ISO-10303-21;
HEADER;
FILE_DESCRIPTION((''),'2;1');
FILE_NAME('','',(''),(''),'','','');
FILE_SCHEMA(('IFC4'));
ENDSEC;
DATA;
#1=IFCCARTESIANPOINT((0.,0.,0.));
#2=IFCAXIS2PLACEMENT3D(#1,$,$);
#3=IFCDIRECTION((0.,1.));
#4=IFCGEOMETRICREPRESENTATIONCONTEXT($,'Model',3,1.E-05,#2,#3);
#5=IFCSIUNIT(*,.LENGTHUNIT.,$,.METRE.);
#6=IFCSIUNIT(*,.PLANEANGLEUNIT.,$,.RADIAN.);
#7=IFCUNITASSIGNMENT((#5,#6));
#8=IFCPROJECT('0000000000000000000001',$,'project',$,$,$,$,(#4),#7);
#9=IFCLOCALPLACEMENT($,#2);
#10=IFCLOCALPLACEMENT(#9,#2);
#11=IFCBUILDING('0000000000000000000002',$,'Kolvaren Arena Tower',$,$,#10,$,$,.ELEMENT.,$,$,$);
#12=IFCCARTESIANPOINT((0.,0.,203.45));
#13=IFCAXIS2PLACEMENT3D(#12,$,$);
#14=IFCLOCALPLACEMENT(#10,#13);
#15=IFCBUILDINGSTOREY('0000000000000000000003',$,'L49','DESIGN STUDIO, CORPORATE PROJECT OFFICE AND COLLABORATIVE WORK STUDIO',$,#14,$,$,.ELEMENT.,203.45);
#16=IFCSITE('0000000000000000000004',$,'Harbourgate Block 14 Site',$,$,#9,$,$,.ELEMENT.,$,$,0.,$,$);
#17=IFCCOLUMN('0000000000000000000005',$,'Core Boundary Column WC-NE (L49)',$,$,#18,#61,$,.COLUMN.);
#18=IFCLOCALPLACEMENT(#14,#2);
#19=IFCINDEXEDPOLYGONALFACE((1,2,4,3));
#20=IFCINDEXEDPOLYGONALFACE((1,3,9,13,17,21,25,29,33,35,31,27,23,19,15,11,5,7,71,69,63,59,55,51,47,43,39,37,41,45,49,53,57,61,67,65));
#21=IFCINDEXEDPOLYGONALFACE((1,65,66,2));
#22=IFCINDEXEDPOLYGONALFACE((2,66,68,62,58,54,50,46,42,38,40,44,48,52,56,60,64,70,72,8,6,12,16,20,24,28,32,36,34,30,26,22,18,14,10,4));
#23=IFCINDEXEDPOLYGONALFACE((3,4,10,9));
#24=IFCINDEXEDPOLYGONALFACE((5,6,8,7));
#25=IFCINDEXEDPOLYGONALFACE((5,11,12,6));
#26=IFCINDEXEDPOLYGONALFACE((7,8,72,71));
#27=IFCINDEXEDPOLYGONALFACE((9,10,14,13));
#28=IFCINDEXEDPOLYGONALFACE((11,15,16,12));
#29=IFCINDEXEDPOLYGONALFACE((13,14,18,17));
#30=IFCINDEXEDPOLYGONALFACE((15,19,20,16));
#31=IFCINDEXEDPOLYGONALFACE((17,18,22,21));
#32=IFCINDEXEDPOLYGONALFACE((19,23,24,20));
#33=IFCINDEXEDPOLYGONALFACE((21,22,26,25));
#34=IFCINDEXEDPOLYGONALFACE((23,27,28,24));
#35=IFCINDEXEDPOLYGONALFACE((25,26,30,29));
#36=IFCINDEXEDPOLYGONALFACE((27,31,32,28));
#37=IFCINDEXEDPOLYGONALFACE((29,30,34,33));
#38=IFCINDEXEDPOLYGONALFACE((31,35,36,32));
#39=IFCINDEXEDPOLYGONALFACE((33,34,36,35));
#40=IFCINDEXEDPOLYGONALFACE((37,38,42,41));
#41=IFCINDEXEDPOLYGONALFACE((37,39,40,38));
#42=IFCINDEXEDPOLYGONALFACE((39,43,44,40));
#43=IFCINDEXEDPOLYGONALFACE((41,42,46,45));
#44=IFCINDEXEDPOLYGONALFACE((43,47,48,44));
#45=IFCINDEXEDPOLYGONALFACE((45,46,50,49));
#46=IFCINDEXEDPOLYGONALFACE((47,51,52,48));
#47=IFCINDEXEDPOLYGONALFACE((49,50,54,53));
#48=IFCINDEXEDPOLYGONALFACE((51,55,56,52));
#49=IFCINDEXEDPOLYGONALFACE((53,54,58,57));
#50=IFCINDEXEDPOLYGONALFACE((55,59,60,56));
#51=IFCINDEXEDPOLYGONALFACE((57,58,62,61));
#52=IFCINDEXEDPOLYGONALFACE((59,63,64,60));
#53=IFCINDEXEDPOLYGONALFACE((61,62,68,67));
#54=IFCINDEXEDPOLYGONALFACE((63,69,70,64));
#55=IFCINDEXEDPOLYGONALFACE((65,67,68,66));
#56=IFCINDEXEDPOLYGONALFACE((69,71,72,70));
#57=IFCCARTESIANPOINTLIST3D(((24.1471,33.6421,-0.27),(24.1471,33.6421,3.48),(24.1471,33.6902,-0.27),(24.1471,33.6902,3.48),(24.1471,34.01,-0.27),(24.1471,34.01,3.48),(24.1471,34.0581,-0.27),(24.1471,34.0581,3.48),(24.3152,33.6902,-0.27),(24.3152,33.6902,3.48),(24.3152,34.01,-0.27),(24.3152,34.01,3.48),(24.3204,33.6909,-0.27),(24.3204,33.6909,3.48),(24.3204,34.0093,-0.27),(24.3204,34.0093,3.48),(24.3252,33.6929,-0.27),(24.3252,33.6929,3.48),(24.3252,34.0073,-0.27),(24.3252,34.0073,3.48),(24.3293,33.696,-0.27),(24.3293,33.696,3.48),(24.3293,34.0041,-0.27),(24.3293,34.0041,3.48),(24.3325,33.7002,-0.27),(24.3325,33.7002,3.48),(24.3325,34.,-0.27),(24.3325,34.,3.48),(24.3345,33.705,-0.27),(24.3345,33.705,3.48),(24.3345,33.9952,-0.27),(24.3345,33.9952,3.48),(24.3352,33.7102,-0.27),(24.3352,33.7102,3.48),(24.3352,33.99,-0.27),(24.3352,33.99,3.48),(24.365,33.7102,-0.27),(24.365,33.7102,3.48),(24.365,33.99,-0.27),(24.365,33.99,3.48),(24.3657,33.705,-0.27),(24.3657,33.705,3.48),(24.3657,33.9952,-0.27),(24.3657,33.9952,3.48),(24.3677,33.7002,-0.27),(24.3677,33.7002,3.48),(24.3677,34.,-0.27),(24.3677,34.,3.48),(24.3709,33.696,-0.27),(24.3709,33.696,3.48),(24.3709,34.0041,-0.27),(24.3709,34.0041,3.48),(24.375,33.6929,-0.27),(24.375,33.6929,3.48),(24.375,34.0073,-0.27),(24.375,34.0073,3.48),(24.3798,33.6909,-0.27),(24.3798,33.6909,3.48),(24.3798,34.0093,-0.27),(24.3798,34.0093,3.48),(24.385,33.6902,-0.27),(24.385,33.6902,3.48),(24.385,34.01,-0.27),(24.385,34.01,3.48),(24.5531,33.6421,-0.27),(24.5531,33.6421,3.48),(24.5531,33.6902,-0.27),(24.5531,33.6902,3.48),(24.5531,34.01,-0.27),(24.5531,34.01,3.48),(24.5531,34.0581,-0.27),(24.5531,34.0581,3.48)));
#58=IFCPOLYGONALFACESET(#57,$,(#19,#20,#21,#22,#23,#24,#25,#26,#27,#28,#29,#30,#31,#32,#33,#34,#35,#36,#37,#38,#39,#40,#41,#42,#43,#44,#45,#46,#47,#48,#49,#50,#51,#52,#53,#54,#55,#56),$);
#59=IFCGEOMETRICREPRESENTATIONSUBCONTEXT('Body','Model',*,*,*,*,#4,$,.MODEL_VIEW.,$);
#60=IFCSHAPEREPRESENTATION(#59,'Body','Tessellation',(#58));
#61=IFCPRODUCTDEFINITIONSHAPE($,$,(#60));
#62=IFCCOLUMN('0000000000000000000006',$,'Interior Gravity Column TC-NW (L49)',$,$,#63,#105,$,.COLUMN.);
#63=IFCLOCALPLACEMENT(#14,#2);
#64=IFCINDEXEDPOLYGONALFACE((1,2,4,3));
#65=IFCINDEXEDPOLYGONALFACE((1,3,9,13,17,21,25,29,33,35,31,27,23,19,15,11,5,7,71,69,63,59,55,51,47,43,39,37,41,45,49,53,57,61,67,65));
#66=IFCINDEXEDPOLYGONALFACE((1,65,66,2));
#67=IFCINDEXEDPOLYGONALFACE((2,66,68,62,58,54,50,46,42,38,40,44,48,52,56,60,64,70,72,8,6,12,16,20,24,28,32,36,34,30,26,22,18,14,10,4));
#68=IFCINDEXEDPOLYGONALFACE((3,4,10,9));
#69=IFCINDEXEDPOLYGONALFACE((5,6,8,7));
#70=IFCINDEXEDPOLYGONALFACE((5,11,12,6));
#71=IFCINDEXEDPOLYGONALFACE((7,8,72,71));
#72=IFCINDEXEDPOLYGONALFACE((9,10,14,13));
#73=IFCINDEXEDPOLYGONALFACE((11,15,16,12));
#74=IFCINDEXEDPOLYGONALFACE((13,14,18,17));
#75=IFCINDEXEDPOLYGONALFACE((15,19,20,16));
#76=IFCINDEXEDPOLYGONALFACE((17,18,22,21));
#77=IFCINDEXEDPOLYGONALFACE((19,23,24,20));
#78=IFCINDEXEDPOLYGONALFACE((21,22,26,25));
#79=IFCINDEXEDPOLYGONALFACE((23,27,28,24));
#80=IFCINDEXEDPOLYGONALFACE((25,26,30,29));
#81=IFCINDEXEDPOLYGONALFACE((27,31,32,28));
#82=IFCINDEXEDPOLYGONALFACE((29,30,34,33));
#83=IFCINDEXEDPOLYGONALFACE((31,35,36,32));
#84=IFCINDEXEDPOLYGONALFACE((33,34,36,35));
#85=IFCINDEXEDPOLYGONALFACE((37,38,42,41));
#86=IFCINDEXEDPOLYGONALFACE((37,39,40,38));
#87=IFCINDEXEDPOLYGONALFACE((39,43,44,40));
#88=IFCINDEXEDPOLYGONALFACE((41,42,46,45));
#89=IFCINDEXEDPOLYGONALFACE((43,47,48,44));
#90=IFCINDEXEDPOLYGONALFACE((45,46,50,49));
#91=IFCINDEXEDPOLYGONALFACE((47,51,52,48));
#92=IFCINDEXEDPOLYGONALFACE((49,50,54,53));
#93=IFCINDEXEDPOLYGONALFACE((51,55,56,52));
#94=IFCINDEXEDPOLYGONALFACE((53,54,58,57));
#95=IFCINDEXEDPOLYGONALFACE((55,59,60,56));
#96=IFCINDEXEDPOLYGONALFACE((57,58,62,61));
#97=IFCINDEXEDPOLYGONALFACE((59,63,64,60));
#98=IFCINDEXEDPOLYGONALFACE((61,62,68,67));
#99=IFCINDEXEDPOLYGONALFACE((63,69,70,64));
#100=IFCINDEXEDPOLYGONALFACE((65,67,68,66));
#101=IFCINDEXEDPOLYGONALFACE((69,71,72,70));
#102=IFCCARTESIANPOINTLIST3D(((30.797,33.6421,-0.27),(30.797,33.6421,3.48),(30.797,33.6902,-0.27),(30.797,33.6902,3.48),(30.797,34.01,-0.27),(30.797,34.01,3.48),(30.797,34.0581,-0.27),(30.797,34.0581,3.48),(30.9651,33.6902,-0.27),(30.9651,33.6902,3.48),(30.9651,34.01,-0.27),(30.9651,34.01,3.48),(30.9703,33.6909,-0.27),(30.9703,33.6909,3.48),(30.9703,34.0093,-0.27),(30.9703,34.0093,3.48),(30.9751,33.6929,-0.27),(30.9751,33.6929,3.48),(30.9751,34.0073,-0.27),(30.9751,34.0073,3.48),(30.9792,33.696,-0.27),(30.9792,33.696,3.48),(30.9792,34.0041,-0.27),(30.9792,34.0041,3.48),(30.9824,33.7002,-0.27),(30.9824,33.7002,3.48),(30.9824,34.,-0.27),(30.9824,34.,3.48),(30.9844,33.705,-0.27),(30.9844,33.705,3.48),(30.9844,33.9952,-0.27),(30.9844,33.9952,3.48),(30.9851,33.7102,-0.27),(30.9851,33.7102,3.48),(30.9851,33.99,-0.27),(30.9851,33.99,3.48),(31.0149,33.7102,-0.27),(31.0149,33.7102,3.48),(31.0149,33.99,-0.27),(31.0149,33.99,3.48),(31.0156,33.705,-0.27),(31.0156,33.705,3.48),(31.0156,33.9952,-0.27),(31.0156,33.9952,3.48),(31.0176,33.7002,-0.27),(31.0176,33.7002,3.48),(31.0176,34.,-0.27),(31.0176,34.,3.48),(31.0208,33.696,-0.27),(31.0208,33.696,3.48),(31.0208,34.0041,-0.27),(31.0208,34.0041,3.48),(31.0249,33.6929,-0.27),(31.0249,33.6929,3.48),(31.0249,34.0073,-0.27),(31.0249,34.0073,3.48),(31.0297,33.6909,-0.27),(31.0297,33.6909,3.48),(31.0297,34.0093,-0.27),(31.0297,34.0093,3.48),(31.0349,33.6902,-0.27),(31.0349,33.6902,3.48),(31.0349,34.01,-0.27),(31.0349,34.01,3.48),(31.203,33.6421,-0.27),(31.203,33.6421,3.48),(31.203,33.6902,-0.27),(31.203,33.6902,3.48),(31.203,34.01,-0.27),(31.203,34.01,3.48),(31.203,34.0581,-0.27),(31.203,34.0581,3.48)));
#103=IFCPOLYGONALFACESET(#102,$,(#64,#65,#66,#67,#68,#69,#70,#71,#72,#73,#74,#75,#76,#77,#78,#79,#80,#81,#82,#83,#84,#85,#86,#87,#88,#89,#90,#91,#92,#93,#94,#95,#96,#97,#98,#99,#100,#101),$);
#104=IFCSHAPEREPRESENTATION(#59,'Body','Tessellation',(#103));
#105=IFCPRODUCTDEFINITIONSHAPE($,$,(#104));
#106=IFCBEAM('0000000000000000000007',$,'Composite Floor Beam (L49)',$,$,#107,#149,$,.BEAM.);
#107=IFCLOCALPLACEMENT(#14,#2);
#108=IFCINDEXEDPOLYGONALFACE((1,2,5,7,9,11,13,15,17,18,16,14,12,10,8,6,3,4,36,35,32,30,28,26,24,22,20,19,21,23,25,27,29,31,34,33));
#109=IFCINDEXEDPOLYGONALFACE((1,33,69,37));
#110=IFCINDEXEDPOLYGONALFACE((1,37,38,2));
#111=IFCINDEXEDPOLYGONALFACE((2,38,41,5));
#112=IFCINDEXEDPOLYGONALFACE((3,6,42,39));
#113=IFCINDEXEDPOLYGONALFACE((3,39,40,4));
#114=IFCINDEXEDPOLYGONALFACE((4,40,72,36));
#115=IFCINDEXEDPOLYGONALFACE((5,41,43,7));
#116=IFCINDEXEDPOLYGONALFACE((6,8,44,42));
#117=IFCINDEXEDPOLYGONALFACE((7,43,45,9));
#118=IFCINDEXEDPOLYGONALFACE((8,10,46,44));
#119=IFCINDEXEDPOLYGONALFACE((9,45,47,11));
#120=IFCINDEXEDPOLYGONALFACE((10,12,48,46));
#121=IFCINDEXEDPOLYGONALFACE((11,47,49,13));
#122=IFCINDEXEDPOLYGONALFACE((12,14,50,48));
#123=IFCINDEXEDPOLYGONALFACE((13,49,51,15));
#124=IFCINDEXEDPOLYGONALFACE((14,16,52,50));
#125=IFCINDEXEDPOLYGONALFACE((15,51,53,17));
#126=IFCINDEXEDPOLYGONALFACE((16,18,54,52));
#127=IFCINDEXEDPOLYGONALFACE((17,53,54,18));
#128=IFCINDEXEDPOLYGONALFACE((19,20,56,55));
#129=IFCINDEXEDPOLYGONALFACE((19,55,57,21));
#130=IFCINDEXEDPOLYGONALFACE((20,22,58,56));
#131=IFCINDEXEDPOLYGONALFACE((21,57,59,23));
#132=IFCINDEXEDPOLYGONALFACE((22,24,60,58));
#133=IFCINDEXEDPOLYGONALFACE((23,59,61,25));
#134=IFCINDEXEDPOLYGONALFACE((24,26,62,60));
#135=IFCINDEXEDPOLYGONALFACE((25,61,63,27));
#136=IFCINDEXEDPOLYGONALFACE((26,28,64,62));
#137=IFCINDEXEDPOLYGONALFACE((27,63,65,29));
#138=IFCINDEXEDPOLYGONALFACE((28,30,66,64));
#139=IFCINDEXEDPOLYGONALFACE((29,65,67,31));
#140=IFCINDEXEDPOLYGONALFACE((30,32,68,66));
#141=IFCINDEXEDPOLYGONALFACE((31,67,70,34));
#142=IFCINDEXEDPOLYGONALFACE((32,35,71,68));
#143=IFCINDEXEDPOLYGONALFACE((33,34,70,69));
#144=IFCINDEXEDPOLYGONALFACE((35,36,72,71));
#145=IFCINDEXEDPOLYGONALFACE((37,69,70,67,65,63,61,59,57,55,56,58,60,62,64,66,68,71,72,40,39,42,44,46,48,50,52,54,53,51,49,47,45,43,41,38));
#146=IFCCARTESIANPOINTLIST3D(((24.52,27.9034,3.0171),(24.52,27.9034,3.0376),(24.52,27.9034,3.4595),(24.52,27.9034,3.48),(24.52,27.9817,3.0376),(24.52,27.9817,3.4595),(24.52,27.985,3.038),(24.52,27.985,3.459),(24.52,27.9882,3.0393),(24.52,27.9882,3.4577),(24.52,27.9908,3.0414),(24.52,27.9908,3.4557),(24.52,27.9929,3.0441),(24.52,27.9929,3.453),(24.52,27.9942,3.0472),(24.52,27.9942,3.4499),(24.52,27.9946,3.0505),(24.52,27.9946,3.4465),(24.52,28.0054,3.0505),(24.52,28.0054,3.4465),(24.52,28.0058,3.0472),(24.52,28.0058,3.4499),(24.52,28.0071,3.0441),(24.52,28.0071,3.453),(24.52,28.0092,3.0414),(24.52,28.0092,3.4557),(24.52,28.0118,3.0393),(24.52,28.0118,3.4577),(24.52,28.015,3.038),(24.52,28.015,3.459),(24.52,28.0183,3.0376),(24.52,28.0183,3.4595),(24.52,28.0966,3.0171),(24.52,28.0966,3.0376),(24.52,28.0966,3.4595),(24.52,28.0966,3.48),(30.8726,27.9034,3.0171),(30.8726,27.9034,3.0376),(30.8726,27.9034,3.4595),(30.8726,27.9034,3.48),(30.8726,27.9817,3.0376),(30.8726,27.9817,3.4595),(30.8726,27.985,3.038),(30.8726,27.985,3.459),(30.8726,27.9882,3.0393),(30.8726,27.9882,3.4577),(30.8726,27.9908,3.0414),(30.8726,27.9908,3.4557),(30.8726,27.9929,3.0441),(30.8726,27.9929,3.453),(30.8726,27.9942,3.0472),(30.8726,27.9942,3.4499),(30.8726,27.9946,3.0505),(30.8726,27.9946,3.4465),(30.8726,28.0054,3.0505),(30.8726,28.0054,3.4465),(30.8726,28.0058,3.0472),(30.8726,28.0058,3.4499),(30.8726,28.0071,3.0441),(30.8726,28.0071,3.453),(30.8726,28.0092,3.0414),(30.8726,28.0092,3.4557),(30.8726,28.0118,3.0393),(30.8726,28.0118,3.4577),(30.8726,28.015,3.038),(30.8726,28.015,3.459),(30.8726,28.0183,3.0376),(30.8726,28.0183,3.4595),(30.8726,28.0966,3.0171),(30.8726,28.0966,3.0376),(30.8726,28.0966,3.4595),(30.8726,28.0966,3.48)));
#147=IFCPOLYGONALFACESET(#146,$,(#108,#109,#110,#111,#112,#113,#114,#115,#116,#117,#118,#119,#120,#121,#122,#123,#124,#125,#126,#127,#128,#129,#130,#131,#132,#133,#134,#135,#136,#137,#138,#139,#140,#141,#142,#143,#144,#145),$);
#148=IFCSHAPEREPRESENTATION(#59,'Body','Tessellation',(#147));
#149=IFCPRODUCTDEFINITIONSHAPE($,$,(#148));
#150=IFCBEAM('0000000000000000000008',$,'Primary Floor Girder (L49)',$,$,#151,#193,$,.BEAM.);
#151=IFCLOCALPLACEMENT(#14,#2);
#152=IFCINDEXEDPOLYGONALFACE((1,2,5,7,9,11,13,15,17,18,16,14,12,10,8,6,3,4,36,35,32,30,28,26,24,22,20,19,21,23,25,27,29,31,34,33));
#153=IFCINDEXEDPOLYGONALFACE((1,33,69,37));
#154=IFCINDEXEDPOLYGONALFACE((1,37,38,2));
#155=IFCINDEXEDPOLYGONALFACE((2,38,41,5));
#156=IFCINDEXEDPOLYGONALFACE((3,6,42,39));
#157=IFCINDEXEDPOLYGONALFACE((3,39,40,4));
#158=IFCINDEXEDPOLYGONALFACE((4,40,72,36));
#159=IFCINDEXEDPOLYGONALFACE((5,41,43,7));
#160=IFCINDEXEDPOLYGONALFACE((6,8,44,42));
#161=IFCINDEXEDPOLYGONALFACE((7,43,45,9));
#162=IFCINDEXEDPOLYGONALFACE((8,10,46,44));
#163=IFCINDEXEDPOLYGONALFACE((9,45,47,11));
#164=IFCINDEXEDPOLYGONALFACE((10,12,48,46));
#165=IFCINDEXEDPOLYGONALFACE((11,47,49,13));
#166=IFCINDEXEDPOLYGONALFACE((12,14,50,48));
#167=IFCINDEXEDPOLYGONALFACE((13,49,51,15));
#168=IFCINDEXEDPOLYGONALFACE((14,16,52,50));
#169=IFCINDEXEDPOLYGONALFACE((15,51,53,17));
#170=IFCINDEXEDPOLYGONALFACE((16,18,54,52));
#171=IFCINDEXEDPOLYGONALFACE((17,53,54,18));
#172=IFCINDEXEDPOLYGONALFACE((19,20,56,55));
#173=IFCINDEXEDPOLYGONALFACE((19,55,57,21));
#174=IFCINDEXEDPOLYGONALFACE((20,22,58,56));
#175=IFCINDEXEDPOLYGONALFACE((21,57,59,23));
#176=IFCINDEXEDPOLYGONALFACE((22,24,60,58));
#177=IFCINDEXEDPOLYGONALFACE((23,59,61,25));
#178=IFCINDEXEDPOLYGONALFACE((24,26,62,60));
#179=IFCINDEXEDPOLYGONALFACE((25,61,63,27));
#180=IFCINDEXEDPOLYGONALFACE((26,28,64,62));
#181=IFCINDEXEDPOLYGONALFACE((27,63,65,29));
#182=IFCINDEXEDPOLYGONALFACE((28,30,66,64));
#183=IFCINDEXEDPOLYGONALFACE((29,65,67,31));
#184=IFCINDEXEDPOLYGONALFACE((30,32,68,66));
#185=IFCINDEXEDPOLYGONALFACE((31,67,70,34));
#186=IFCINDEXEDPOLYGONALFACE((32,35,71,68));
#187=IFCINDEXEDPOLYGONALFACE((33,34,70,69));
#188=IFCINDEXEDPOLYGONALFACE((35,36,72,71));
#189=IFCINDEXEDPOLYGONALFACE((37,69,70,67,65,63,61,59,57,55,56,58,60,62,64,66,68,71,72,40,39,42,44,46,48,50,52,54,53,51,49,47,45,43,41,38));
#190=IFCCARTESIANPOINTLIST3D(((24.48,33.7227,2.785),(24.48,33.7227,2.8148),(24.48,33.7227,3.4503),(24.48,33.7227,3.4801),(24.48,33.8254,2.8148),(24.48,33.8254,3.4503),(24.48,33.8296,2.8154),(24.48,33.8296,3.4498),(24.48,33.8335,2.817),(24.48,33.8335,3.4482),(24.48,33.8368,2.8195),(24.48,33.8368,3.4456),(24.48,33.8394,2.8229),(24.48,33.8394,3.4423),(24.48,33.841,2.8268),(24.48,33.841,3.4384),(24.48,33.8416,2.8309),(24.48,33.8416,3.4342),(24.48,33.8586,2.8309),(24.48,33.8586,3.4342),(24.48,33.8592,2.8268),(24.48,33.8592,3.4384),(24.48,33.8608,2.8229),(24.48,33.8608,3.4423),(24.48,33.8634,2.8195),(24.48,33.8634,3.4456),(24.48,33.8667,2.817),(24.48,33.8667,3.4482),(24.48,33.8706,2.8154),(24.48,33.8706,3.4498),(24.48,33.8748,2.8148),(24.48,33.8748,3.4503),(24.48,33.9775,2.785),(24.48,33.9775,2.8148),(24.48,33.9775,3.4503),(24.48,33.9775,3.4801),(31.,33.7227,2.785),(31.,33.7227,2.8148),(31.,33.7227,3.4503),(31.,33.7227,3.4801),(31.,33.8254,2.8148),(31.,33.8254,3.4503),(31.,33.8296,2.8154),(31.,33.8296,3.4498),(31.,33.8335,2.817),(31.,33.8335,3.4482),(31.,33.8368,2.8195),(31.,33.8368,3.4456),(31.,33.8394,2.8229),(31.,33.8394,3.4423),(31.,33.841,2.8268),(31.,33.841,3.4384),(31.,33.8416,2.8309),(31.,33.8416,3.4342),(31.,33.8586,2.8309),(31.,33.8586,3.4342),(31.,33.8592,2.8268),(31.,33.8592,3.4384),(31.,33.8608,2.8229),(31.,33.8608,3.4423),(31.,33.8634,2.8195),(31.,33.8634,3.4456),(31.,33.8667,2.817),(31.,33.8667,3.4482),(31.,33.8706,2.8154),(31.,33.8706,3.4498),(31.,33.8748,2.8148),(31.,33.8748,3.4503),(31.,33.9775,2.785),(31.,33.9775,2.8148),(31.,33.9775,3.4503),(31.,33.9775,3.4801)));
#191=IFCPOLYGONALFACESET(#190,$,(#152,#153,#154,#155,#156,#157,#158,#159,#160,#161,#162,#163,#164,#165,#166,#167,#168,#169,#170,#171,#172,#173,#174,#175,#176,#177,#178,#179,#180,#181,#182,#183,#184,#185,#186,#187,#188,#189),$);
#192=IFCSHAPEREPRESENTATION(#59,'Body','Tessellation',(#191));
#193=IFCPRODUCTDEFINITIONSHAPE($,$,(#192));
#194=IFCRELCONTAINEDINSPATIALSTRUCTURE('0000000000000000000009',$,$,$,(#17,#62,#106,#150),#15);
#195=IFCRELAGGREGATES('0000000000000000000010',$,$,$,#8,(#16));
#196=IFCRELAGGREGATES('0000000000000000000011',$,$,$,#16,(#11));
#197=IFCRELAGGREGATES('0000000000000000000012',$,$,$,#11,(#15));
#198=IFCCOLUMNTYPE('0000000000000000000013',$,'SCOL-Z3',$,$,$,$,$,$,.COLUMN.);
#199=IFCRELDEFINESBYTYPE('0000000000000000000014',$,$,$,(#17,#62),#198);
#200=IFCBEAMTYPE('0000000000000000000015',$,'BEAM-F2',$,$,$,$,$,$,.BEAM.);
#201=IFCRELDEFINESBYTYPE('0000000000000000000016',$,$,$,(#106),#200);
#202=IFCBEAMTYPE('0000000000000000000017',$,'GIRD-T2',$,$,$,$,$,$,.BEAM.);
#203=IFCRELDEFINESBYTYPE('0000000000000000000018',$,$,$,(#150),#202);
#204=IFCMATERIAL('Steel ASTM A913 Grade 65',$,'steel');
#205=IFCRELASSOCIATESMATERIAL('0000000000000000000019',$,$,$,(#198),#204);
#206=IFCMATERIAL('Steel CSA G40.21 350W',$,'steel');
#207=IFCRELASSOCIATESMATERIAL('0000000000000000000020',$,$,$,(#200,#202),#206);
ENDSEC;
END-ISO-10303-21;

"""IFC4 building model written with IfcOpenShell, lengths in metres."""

from ifc_helpers import new_model, si_unit, direction, frame, origin, origin_2d, place, context, subcontext, project, spatial, i_section, extrude, material, material_profile, profile_set, type_object, element, save


model = new_model("IFC4")

# Units and contexts
model_context = context("Model", 3, precision=1e-05, world=origin(), true_north=direction((0.0, 1.0)))
body_context = subcontext(model_context, "Body", "Model", "MODEL_VIEW")
ifc_project = project(units=[si_unit("LENGTHUNIT", "METRE"), si_unit("PLANEANGLEUNIT", "RADIAN")], contexts=[model_context])

# Site, building, storey
site_placement = place(None, origin())
site = spatial("IfcSite", under=ifc_project, at=site_placement, Name="Harbourgate Block 14 Site", CompositionType="ELEMENT", RefElevation=0.0)
building_placement = place(site_placement, origin())
building = spatial("IfcBuilding", under=site, at=building_placement, Name="Kolvaren Arena Tower", CompositionType="ELEMENT")
storey_placement = place(building_placement, frame((0.0, 0.0, 203.45)))
storey = spatial("IfcBuildingStorey", under=building, at=storey_placement, Name="L49", Description="DESIGN STUDIO, CORPORATE PROJECT OFFICE AND COLLABORATIVE WORK STUDIO", CompositionType="ELEMENT", Elevation=203.45)

# Columns
ifc_material_1 = material(Name="Steel ASTM A913 Grade 65", Category="steel")
ifc_material_profile_1 = material_profile(ifc_material_1, i_section(OverallWidth=0.406, OverallDepth=0.416, WebThickness=0.0298, FlangeThickness=0.0481, FilletRadius=0.02, at=origin_2d()), Name="W360x382")
ifc_profile_set_1 = profile_set([ifc_material_profile_1], Name="Steel ASTM A913 Grade 65")
column_type = type_object("IfcColumnType", Name="SCOL-Z3", PredefinedType="COLUMN", material=ifc_profile_set_1)
for number, where, z_axis, x_axis, name in (
    (1, (24.3501, 33.8501, -0.27), (0.0, 0.0, 1.0), (1.0, 0.0, 0.0), "Core Boundary Column WC-NE (L49)"),
    (2, (31.0, 33.8501, -0.27), (0.0, 0.0, 1.0), (1.0, 0.0, 0.0), "Interior Gravity Column TC-NW (L49)"),
):
    element("IfcColumn", number, at=place(storey_placement, frame(where, z_axis=z_axis, x_axis=x_axis)), inside=storey, type_object=column_type, Name=name, PredefinedType="COLUMN", context=body_context, shape_type="SweptSolid", body=[
        extrude(i_section(OverallWidth=0.406, OverallDepth=0.416, WebThickness=0.0298, FlangeThickness=0.0481, FilletRadius=0.02, at=origin_2d()), origin(), (0.0, 0.0, 1.0), 3.75),
    ])

# Beams
ifc_material_2 = material(Name="Steel CSA G40.21 350W", Category="steel")
ifc_material_profile_2 = material_profile(ifc_material_2, i_section(OverallWidth=0.1931, OverallDepth=0.4629, WebThickness=0.0107, FlangeThickness=0.0205, FilletRadius=0.0129, at=origin_2d()), Name="W460x113")
ifc_profile_set_2 = profile_set([ifc_material_profile_2], Name="Steel CSA G40.21 350W")
beam_type_1 = type_object("IfcBeamType", Name="BEAM-F2", PredefinedType="BEAM", material=ifc_profile_set_2)
beam_1_placement = place(storey_placement, frame((24.52, 28.0, 3.2485), z_axis=(1.0, 0.0, 0.0), x_axis=(0.0, 1.0, 0.0)))
element("IfcBeam", 3, at=beam_1_placement, inside=storey, type_object=beam_type_1, Name="Composite Floor Beam (L49)", PredefinedType="BEAM", context=body_context, shape_type="SweptSolid", body=[
    extrude(i_section(OverallWidth=0.1931, OverallDepth=0.4629, WebThickness=0.0107, FlangeThickness=0.0205, FilletRadius=0.0129, at=origin_2d()), origin(), (0.0, 0.0, 1.0), 6.3525),
])
ifc_material_profile_3 = material_profile(ifc_material_2, i_section(OverallWidth=0.2549, OverallDepth=0.6951, WebThickness=0.0171, FlangeThickness=0.0298, FilletRadius=0.0161, at=origin_2d()), Name="W690x217")
ifc_profile_set_3 = profile_set([ifc_material_profile_3], Name="Steel CSA G40.21 350W")
beam_type_2 = type_object("IfcBeamType", Name="GIRD-T2", PredefinedType="BEAM", material=ifc_profile_set_3)
beam_2_placement = place(storey_placement, frame((24.48, 33.8501, 3.1326), z_axis=(1.0, 0.0, 0.0), x_axis=(0.0, 1.0, 0.0)))
element("IfcBeam", 4, at=beam_2_placement, inside=storey, type_object=beam_type_2, Name="Primary Floor Girder (L49)", PredefinedType="BEAM", context=body_context, shape_type="SweptSolid", body=[
    extrude(i_section(OverallWidth=0.2549, OverallDepth=0.6951, WebThickness=0.0171, FlangeThickness=0.0298, FilletRadius=0.0161, at=origin_2d()), origin(), (0.0, 0.0, 1.0), 6.52),
])

save(model, "model.ifc")
